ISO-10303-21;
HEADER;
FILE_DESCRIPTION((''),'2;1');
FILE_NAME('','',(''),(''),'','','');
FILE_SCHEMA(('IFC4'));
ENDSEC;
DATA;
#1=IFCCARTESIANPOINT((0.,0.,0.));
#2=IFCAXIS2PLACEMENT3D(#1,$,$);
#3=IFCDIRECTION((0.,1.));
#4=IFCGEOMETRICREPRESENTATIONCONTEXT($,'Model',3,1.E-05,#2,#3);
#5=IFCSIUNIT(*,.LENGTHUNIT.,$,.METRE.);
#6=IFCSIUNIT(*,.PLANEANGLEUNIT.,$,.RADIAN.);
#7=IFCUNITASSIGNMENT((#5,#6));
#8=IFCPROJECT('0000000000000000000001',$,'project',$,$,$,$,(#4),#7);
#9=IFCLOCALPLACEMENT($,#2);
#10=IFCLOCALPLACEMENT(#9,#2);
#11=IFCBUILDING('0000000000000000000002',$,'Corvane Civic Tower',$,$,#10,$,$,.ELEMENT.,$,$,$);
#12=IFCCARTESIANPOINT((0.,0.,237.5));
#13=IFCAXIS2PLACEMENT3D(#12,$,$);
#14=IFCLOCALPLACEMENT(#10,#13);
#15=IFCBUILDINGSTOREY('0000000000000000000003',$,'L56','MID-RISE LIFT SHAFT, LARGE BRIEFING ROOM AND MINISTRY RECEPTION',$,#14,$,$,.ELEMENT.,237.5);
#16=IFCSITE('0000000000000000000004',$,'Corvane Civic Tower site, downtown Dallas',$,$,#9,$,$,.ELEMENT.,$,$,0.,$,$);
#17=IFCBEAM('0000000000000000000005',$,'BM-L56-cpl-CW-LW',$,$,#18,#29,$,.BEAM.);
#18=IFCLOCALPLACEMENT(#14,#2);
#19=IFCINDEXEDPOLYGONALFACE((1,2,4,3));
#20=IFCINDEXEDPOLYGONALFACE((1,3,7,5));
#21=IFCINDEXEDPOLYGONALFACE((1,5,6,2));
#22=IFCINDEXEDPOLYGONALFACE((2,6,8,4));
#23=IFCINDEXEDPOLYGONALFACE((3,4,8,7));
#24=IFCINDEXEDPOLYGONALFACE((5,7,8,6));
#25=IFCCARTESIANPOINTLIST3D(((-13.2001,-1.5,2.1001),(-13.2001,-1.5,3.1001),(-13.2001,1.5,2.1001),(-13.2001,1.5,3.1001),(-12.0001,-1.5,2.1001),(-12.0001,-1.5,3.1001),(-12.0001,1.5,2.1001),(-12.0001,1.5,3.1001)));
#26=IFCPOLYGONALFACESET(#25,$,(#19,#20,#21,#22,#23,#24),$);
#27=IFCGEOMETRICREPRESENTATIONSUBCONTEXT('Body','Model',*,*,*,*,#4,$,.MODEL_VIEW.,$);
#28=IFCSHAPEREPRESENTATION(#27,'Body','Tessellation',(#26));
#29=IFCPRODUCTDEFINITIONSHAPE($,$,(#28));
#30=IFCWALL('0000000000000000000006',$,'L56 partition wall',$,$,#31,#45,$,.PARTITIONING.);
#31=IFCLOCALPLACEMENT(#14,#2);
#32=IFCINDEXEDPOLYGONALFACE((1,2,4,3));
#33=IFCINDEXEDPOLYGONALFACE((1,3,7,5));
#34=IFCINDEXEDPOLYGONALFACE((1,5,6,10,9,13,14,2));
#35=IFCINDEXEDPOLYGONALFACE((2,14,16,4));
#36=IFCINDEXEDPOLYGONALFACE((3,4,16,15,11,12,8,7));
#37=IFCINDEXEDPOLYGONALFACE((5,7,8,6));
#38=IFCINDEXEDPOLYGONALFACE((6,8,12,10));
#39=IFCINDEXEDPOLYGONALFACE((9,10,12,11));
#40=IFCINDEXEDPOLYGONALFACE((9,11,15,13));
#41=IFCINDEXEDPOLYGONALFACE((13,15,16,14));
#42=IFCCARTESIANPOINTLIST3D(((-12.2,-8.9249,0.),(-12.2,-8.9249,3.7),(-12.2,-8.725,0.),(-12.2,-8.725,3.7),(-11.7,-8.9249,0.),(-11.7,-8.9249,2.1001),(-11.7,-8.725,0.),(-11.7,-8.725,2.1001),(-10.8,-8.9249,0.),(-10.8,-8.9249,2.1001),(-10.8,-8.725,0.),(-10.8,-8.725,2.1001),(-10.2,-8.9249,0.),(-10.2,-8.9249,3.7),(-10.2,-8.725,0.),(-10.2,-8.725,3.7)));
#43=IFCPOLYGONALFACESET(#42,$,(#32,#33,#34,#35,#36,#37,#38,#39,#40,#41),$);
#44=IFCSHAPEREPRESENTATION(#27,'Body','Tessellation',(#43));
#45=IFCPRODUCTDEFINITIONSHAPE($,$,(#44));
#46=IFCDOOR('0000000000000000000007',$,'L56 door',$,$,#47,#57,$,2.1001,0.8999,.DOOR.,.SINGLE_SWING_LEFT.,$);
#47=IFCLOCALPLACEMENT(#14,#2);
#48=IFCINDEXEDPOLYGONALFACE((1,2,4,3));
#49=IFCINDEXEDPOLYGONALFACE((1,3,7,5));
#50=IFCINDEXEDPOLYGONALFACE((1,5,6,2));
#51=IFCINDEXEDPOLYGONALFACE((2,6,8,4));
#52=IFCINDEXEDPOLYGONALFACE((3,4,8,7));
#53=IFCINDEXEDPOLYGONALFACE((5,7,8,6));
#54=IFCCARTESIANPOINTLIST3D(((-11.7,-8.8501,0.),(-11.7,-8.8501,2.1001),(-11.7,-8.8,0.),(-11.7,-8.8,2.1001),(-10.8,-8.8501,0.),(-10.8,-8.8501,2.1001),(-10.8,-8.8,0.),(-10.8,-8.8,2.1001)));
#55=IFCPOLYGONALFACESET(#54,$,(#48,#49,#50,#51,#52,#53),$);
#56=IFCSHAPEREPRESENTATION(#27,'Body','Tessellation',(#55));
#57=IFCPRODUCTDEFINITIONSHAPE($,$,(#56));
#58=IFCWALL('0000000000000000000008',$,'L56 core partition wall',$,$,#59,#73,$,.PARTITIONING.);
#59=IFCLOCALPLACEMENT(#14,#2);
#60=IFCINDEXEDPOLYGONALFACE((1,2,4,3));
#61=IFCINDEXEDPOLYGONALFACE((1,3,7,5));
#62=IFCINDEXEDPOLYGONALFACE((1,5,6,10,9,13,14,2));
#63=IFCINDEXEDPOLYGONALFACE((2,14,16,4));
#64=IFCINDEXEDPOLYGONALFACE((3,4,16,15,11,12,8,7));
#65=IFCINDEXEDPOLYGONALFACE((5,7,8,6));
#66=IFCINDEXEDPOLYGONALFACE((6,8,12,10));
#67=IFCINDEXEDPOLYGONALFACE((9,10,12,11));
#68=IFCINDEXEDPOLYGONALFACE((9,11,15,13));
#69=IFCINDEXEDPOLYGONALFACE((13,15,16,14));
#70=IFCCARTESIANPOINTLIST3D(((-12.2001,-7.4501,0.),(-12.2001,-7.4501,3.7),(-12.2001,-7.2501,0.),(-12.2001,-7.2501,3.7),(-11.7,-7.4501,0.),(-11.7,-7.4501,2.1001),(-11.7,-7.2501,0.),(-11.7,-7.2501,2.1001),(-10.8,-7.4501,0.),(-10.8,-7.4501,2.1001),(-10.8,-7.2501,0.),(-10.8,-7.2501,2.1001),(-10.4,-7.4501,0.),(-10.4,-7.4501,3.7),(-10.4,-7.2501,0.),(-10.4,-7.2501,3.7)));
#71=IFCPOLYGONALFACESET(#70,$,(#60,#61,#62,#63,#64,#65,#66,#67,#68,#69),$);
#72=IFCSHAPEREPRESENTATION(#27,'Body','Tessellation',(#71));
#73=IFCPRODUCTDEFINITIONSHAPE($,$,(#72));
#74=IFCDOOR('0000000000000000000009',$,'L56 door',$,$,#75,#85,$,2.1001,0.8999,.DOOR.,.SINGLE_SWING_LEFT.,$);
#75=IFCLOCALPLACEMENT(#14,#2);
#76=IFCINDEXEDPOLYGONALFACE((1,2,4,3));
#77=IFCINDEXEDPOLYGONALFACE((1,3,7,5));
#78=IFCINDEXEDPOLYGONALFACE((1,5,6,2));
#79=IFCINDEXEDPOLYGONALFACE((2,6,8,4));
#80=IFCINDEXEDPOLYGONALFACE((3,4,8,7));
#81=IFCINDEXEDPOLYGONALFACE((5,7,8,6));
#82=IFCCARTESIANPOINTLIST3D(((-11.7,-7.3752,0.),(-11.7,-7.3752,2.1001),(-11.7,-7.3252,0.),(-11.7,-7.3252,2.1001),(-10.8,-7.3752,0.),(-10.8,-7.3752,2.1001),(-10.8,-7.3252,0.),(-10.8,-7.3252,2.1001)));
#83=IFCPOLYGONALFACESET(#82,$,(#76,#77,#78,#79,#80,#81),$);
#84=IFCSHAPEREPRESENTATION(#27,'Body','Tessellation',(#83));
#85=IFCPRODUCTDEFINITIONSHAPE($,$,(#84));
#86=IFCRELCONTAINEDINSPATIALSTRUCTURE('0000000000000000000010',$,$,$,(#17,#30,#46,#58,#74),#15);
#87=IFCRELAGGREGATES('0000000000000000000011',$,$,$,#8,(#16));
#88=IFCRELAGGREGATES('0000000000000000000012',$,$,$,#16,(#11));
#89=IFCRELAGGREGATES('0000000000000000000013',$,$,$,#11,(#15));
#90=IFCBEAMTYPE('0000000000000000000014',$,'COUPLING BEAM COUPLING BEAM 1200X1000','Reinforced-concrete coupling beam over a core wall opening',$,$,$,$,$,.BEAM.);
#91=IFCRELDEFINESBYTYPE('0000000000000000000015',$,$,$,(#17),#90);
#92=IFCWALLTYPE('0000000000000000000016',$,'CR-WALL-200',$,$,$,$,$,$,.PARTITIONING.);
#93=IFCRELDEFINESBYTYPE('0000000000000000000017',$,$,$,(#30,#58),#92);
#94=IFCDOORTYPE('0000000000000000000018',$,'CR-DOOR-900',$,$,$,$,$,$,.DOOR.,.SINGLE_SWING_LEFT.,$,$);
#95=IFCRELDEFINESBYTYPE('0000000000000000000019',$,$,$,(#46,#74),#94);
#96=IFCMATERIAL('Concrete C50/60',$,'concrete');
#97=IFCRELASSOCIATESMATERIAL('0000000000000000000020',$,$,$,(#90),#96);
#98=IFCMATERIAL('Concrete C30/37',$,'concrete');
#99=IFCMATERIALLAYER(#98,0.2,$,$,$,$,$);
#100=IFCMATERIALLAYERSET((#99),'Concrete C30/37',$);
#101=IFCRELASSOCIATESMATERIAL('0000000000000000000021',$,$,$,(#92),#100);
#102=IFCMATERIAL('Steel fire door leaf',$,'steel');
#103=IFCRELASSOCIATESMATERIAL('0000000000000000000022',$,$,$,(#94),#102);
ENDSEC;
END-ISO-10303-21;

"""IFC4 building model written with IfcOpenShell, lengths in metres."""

from ifc_helpers import new_model, si_unit, direction, frame, frame_2d, origin, origin_2d, place, context, subcontext, project, spatial, rectangle, extrude, material, layer, layer_set, material_profile, profile_set, type_object, element, fill, save


model = new_model("IFC4")

# Units and contexts
model_context = context("Model", 3, precision=1e-05, world=origin(), true_north=direction((0.0, 1.0)))
body_context = subcontext(model_context, "Body", "Model", "MODEL_VIEW")
ifc_project = project(units=[si_unit("LENGTHUNIT", "METRE"), si_unit("PLANEANGLEUNIT", "RADIAN")], contexts=[model_context])

# Site, building, storey
site_placement = place(None, origin())
site = spatial("IfcSite", under=ifc_project, at=site_placement, Name="Corvane Civic Tower site, downtown Dallas", CompositionType="ELEMENT", RefElevation=0.0)
building_placement = place(site_placement, origin())
building = spatial("IfcBuilding", under=site, at=building_placement, Name="Corvane Civic Tower", CompositionType="ELEMENT")
storey_placement = place(building_placement, frame((0.0, 0.0, 237.5)))
storey = spatial("IfcBuildingStorey", under=building, at=storey_placement, Name="L56", Description="MID-RISE LIFT SHAFT, LARGE BRIEFING ROOM AND MINISTRY RECEPTION", CompositionType="ELEMENT", Elevation=237.5)

# Beam
ifc_material_1 = material(Name="Concrete C50/60", Category="concrete")
ifc_material_profile = material_profile(ifc_material_1, rectangle(XDim=1.2, YDim=1.0, at=origin_2d()), Name="COUPLING BEAM 1200X1000")
ifc_profile_set = profile_set([ifc_material_profile], Name="Concrete C50/60")
beam_type = type_object("IfcBeamType", Name="COUPLING BEAM COUPLING BEAM 1200X1000", Description="Reinforced-concrete coupling beam over a core wall opening", PredefinedType="BEAM", material=ifc_profile_set)
beam_placement = place(storey_placement, frame((-12.6001, -1.5, 2.6001), z_axis=(0.0, 1.0, 0.0), x_axis=(-1.0, 0.0, 0.0)))
element("IfcBeam", 1, at=beam_placement, inside=storey, type_object=beam_type, Name="BM-L56-cpl-CW-LW", PredefinedType="BEAM", context=body_context, shape_type="SweptSolid", body=[
    extrude(rectangle(XDim=1.2, YDim=1.0, at=origin_2d()), origin(), (0.0, 0.0, 1.0), 3.0),
])

# Walls, openings, doors
ifc_material_2 = material(Name="Concrete C30/37", Category="concrete")
ifc_layer_1 = layer(ifc_material_2, 0.2)
ifc_layer_set_1 = layer_set([ifc_layer_1], Name="Concrete C30/37")
wall_type_1 = type_object("IfcWallType", Name="CR-WALL-200", PredefinedType="PARTITIONING", material=ifc_layer_set_1)
wall_1_placement = place(storey_placement, frame((-12.2, -8.825, 0.0), z_axis=(0.0, 0.0, 1.0), x_axis=(1.0, 0.0, 0.0)))
wall_1 = element("IfcWall", 2, at=wall_1_placement, inside=storey, type_object=wall_type_1, Name="L56 partition wall", PredefinedType="PARTITIONING", context=body_context, shape_type="SweptSolid", body=[
    extrude(rectangle(XDim=2.0, YDim=0.2, at=frame_2d((1.0, 0.0))), origin(), (0.0, 0.0, 1.0), 3.7),
])
opening_1_placement = place(wall_1_placement, frame((0.5, 0.0, 0.0)))
opening_1 = element("IfcOpeningElement", 3, at=opening_1_placement, cuts=wall_1, PredefinedType="OPENING", context=body_context, shape_type="SweptSolid", body=[
    extrude(rectangle(XDim=0.8999, YDim=2.1001, at=frame_2d((0.45, 1.05))), frame((0.0, 0.1099, 0.0), z_axis=(0.0, -1.0, 0.0), x_axis=(1.0, 0.0, 0.0)), (0.0, 0.0, 1.0), 0.22),
])
ifc_material_3 = material(Name="Steel fire door leaf", Category="steel")
door_type_1 = type_object("IfcDoorType", Name="CR-DOOR-900", OperationType="SINGLE_SWING_LEFT", PredefinedType="DOOR", material=ifc_material_3)
door_1_placement = place(opening_1_placement, origin())
door_1 = element("IfcDoor", 4, at=door_1_placement, inside=storey, type_object=door_type_1, Name="L56 door", OperationType="SINGLE_SWING_LEFT", OverallHeight=2.1001, OverallWidth=0.8999, PredefinedType="DOOR", context=body_context, shape_type="SweptSolid", body=[
    extrude(rectangle(XDim=0.8999, YDim=2.1001, at=frame_2d((0.45, 1.05))), frame((0.0, 0.0249, 0.0), z_axis=(0.0, -1.0, 0.0), x_axis=(1.0, 0.0, 0.0)), (0.0, 0.0, 1.0), 0.05),
])
fill(opening_1, door_1)
wall_2_placement = place(storey_placement, frame((-12.2, -7.3501, 0.0), z_axis=(0.0, 0.0, 1.0), x_axis=(1.0, 0.0, 0.0)))
wall_2 = element("IfcWall", 5, at=wall_2_placement, inside=storey, type_object=wall_type_1, Name="L56 core partition wall", PredefinedType="PARTITIONING", context=body_context, shape_type="SweptSolid", body=[
    extrude(rectangle(XDim=1.8, YDim=0.2, at=frame_2d((0.8999, 0.0))), origin(), (0.0, 0.0, 1.0), 3.7),
])
opening_2_placement = place(wall_2_placement, frame((0.5, 0.0, 0.0)))
opening_2 = element("IfcOpeningElement", 6, at=opening_2_placement, cuts=wall_2, PredefinedType="OPENING", context=body_context, shape_type="SweptSolid", body=[
    extrude(rectangle(XDim=0.8999, YDim=2.1001, at=frame_2d((0.45, 1.05))), frame((0.0, 0.1099, 0.0), z_axis=(0.0, -1.0, 0.0), x_axis=(1.0, 0.0, 0.0)), (0.0, 0.0, 1.0), 0.22),
])
door_2_placement = place(opening_2_placement, origin())
door_2 = element("IfcDoor", 7, at=door_2_placement, inside=storey, type_object=door_type_1, Name="L56 door", OperationType="SINGLE_SWING_LEFT", OverallHeight=2.1001, OverallWidth=0.8999, PredefinedType="DOOR", context=body_context, shape_type="SweptSolid", body=[
    extrude(rectangle(XDim=0.8999, YDim=2.1001, at=frame_2d((0.45, 1.05))), frame((0.0, 0.0249, 0.0), z_axis=(0.0, -1.0, 0.0), x_axis=(1.0, 0.0, 0.0)), (0.0, 0.0, 1.0), 0.05),
])
fill(opening_2, door_2)

save(model, "model.ifc")
